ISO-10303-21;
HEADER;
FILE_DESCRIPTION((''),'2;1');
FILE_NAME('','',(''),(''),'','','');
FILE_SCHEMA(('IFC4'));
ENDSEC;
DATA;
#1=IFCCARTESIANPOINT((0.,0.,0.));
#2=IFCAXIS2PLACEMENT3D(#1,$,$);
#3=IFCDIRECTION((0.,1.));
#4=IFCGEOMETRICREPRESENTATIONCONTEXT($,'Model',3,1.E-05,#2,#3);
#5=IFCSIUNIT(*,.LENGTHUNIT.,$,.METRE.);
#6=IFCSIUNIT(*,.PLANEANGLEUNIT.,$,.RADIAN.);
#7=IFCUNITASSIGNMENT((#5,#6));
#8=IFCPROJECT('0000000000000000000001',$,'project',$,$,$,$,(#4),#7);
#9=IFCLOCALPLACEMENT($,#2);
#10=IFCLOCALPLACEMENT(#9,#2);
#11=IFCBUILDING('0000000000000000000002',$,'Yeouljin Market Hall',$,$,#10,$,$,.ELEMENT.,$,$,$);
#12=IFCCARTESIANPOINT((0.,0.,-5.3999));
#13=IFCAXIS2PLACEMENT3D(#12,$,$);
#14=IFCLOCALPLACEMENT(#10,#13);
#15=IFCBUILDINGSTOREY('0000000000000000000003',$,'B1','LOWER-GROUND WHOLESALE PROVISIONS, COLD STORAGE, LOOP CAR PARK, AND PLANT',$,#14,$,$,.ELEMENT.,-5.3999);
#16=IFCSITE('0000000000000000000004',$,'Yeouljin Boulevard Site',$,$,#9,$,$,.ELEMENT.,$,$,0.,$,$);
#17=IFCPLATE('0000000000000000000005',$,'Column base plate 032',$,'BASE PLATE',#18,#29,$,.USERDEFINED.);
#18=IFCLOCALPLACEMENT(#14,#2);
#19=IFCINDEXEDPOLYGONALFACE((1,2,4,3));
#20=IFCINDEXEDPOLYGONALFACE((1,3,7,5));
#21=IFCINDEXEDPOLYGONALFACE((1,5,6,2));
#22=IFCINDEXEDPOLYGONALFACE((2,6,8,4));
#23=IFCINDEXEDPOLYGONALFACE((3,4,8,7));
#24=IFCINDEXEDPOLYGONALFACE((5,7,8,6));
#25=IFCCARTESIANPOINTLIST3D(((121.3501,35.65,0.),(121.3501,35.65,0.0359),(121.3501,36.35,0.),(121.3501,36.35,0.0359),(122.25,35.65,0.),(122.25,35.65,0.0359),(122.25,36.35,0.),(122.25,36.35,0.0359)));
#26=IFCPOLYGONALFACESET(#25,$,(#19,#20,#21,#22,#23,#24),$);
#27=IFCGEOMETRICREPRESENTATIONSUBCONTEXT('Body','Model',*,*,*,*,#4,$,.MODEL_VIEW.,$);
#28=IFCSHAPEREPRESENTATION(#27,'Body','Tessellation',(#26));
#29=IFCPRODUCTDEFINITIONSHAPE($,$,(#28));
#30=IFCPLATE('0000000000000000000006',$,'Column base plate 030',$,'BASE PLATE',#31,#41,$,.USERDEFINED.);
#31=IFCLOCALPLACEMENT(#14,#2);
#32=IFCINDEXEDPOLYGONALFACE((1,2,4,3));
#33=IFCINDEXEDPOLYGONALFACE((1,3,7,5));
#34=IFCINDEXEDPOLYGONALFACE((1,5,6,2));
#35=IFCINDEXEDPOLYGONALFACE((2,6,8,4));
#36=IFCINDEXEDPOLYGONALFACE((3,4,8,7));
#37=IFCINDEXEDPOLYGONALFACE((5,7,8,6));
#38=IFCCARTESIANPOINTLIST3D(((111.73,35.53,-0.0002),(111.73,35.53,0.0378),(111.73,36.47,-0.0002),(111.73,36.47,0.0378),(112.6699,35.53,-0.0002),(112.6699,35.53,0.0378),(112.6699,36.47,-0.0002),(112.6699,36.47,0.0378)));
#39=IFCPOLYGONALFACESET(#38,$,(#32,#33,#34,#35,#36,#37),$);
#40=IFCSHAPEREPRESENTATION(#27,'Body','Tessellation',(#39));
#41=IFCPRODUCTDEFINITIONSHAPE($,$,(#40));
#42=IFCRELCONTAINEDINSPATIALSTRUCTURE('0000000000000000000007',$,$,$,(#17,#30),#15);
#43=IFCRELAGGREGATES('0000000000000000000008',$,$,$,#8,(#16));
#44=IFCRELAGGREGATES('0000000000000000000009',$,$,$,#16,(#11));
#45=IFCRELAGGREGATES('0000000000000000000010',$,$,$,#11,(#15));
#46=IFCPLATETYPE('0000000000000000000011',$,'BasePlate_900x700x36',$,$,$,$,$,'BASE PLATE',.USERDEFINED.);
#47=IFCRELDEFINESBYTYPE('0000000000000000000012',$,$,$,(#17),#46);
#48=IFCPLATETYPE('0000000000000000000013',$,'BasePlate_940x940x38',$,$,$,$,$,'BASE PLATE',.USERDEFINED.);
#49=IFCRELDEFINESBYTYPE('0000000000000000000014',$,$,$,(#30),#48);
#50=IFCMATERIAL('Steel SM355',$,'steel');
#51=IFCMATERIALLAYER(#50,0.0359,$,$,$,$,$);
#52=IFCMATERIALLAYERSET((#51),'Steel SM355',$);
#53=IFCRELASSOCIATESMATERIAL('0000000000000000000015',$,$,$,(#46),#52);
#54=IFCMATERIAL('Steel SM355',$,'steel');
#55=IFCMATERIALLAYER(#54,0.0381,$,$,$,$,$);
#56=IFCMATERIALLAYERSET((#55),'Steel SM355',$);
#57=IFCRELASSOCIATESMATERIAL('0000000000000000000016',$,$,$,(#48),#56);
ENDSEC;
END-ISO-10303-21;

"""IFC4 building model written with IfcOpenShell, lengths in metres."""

from ifc_helpers import new_model, si_unit, direction, frame, origin, origin_2d, place, context, subcontext, project, spatial, rectangle, extrude, material, layer, layer_set, type_object, element, save


model = new_model("IFC4")

# Units and contexts
model_context = context("Model", 3, precision=1e-05, world=origin(), true_north=direction((0.0, 1.0)))
body_context = subcontext(model_context, "Body", "Model", "MODEL_VIEW")
ifc_project = project(units=[si_unit("LENGTHUNIT", "METRE"), si_unit("PLANEANGLEUNIT", "RADIAN")], contexts=[model_context])

# Site, building, storey
site_placement = place(None, origin())
site = spatial("IfcSite", under=ifc_project, at=site_placement, Name="Yeouljin Boulevard Site", CompositionType="ELEMENT", RefElevation=0.0)
building_placement = place(site_placement, origin())
building = spatial("IfcBuilding", under=site, at=building_placement, Name="Yeouljin Market Hall", CompositionType="ELEMENT")
storey_placement = place(building_placement, frame((0.0, 0.0, -5.3999)))
storey = spatial("IfcBuildingStorey", under=building, at=storey_placement, Name="B1", Description="LOWER-GROUND WHOLESALE PROVISIONS, COLD STORAGE, LOOP CAR PARK, AND PLANT", CompositionType="ELEMENT", Elevation=-5.3999)

# Plates
ifc_material_1 = material(Name="Steel SM355", Category="steel")
ifc_layer_1 = layer(ifc_material_1, 0.0359)
ifc_layer_set_1 = layer_set([ifc_layer_1], Name="Steel SM355")
plate_type_1 = type_object("IfcPlateType", Name="BasePlate_900x700x36", ElementType="BASE PLATE", PredefinedType="USERDEFINED", material=ifc_layer_set_1)
plate_1_placement = place(storey_placement, frame((121.8, 36.0, 0.0), z_axis=(0.0, 0.0, 1.0), x_axis=(1.0, 0.0, 0.0)))
element("IfcPlate", 1, at=plate_1_placement, inside=storey, type_object=plate_type_1, Name="Column base plate 032", ObjectType="BASE PLATE", PredefinedType="USERDEFINED", context=body_context, shape_type="SweptSolid", body=[
    extrude(rectangle(XDim=0.8999, YDim=0.7, at=origin_2d()), origin(), (0.0, 0.0, 1.0), 0.0359),
])
ifc_material_2 = material(Name="Steel SM355", Category="steel")
ifc_layer_2 = layer(ifc_material_2, 0.0381)
ifc_layer_set_2 = layer_set([ifc_layer_2], Name="Steel SM355")
plate_type_2 = type_object("IfcPlateType", Name="BasePlate_940x940x38", ElementType="BASE PLATE", PredefinedType="USERDEFINED", material=ifc_layer_set_2)
plate_2_placement = place(storey_placement, frame((112.2, 36.0, -0.0002), z_axis=(0.0, 0.0, 1.0), x_axis=(1.0, 0.0, 0.0)))
element("IfcPlate", 2, at=plate_2_placement, inside=storey, type_object=plate_type_2, Name="Column base plate 030", ObjectType="BASE PLATE", PredefinedType="USERDEFINED", context=body_context, shape_type="SweptSolid", body=[
    extrude(rectangle(XDim=0.9399, YDim=0.9399, at=origin_2d()), origin(), (0.0, 0.0, 1.0), 0.0381),
])

save(model, "model.ifc")
